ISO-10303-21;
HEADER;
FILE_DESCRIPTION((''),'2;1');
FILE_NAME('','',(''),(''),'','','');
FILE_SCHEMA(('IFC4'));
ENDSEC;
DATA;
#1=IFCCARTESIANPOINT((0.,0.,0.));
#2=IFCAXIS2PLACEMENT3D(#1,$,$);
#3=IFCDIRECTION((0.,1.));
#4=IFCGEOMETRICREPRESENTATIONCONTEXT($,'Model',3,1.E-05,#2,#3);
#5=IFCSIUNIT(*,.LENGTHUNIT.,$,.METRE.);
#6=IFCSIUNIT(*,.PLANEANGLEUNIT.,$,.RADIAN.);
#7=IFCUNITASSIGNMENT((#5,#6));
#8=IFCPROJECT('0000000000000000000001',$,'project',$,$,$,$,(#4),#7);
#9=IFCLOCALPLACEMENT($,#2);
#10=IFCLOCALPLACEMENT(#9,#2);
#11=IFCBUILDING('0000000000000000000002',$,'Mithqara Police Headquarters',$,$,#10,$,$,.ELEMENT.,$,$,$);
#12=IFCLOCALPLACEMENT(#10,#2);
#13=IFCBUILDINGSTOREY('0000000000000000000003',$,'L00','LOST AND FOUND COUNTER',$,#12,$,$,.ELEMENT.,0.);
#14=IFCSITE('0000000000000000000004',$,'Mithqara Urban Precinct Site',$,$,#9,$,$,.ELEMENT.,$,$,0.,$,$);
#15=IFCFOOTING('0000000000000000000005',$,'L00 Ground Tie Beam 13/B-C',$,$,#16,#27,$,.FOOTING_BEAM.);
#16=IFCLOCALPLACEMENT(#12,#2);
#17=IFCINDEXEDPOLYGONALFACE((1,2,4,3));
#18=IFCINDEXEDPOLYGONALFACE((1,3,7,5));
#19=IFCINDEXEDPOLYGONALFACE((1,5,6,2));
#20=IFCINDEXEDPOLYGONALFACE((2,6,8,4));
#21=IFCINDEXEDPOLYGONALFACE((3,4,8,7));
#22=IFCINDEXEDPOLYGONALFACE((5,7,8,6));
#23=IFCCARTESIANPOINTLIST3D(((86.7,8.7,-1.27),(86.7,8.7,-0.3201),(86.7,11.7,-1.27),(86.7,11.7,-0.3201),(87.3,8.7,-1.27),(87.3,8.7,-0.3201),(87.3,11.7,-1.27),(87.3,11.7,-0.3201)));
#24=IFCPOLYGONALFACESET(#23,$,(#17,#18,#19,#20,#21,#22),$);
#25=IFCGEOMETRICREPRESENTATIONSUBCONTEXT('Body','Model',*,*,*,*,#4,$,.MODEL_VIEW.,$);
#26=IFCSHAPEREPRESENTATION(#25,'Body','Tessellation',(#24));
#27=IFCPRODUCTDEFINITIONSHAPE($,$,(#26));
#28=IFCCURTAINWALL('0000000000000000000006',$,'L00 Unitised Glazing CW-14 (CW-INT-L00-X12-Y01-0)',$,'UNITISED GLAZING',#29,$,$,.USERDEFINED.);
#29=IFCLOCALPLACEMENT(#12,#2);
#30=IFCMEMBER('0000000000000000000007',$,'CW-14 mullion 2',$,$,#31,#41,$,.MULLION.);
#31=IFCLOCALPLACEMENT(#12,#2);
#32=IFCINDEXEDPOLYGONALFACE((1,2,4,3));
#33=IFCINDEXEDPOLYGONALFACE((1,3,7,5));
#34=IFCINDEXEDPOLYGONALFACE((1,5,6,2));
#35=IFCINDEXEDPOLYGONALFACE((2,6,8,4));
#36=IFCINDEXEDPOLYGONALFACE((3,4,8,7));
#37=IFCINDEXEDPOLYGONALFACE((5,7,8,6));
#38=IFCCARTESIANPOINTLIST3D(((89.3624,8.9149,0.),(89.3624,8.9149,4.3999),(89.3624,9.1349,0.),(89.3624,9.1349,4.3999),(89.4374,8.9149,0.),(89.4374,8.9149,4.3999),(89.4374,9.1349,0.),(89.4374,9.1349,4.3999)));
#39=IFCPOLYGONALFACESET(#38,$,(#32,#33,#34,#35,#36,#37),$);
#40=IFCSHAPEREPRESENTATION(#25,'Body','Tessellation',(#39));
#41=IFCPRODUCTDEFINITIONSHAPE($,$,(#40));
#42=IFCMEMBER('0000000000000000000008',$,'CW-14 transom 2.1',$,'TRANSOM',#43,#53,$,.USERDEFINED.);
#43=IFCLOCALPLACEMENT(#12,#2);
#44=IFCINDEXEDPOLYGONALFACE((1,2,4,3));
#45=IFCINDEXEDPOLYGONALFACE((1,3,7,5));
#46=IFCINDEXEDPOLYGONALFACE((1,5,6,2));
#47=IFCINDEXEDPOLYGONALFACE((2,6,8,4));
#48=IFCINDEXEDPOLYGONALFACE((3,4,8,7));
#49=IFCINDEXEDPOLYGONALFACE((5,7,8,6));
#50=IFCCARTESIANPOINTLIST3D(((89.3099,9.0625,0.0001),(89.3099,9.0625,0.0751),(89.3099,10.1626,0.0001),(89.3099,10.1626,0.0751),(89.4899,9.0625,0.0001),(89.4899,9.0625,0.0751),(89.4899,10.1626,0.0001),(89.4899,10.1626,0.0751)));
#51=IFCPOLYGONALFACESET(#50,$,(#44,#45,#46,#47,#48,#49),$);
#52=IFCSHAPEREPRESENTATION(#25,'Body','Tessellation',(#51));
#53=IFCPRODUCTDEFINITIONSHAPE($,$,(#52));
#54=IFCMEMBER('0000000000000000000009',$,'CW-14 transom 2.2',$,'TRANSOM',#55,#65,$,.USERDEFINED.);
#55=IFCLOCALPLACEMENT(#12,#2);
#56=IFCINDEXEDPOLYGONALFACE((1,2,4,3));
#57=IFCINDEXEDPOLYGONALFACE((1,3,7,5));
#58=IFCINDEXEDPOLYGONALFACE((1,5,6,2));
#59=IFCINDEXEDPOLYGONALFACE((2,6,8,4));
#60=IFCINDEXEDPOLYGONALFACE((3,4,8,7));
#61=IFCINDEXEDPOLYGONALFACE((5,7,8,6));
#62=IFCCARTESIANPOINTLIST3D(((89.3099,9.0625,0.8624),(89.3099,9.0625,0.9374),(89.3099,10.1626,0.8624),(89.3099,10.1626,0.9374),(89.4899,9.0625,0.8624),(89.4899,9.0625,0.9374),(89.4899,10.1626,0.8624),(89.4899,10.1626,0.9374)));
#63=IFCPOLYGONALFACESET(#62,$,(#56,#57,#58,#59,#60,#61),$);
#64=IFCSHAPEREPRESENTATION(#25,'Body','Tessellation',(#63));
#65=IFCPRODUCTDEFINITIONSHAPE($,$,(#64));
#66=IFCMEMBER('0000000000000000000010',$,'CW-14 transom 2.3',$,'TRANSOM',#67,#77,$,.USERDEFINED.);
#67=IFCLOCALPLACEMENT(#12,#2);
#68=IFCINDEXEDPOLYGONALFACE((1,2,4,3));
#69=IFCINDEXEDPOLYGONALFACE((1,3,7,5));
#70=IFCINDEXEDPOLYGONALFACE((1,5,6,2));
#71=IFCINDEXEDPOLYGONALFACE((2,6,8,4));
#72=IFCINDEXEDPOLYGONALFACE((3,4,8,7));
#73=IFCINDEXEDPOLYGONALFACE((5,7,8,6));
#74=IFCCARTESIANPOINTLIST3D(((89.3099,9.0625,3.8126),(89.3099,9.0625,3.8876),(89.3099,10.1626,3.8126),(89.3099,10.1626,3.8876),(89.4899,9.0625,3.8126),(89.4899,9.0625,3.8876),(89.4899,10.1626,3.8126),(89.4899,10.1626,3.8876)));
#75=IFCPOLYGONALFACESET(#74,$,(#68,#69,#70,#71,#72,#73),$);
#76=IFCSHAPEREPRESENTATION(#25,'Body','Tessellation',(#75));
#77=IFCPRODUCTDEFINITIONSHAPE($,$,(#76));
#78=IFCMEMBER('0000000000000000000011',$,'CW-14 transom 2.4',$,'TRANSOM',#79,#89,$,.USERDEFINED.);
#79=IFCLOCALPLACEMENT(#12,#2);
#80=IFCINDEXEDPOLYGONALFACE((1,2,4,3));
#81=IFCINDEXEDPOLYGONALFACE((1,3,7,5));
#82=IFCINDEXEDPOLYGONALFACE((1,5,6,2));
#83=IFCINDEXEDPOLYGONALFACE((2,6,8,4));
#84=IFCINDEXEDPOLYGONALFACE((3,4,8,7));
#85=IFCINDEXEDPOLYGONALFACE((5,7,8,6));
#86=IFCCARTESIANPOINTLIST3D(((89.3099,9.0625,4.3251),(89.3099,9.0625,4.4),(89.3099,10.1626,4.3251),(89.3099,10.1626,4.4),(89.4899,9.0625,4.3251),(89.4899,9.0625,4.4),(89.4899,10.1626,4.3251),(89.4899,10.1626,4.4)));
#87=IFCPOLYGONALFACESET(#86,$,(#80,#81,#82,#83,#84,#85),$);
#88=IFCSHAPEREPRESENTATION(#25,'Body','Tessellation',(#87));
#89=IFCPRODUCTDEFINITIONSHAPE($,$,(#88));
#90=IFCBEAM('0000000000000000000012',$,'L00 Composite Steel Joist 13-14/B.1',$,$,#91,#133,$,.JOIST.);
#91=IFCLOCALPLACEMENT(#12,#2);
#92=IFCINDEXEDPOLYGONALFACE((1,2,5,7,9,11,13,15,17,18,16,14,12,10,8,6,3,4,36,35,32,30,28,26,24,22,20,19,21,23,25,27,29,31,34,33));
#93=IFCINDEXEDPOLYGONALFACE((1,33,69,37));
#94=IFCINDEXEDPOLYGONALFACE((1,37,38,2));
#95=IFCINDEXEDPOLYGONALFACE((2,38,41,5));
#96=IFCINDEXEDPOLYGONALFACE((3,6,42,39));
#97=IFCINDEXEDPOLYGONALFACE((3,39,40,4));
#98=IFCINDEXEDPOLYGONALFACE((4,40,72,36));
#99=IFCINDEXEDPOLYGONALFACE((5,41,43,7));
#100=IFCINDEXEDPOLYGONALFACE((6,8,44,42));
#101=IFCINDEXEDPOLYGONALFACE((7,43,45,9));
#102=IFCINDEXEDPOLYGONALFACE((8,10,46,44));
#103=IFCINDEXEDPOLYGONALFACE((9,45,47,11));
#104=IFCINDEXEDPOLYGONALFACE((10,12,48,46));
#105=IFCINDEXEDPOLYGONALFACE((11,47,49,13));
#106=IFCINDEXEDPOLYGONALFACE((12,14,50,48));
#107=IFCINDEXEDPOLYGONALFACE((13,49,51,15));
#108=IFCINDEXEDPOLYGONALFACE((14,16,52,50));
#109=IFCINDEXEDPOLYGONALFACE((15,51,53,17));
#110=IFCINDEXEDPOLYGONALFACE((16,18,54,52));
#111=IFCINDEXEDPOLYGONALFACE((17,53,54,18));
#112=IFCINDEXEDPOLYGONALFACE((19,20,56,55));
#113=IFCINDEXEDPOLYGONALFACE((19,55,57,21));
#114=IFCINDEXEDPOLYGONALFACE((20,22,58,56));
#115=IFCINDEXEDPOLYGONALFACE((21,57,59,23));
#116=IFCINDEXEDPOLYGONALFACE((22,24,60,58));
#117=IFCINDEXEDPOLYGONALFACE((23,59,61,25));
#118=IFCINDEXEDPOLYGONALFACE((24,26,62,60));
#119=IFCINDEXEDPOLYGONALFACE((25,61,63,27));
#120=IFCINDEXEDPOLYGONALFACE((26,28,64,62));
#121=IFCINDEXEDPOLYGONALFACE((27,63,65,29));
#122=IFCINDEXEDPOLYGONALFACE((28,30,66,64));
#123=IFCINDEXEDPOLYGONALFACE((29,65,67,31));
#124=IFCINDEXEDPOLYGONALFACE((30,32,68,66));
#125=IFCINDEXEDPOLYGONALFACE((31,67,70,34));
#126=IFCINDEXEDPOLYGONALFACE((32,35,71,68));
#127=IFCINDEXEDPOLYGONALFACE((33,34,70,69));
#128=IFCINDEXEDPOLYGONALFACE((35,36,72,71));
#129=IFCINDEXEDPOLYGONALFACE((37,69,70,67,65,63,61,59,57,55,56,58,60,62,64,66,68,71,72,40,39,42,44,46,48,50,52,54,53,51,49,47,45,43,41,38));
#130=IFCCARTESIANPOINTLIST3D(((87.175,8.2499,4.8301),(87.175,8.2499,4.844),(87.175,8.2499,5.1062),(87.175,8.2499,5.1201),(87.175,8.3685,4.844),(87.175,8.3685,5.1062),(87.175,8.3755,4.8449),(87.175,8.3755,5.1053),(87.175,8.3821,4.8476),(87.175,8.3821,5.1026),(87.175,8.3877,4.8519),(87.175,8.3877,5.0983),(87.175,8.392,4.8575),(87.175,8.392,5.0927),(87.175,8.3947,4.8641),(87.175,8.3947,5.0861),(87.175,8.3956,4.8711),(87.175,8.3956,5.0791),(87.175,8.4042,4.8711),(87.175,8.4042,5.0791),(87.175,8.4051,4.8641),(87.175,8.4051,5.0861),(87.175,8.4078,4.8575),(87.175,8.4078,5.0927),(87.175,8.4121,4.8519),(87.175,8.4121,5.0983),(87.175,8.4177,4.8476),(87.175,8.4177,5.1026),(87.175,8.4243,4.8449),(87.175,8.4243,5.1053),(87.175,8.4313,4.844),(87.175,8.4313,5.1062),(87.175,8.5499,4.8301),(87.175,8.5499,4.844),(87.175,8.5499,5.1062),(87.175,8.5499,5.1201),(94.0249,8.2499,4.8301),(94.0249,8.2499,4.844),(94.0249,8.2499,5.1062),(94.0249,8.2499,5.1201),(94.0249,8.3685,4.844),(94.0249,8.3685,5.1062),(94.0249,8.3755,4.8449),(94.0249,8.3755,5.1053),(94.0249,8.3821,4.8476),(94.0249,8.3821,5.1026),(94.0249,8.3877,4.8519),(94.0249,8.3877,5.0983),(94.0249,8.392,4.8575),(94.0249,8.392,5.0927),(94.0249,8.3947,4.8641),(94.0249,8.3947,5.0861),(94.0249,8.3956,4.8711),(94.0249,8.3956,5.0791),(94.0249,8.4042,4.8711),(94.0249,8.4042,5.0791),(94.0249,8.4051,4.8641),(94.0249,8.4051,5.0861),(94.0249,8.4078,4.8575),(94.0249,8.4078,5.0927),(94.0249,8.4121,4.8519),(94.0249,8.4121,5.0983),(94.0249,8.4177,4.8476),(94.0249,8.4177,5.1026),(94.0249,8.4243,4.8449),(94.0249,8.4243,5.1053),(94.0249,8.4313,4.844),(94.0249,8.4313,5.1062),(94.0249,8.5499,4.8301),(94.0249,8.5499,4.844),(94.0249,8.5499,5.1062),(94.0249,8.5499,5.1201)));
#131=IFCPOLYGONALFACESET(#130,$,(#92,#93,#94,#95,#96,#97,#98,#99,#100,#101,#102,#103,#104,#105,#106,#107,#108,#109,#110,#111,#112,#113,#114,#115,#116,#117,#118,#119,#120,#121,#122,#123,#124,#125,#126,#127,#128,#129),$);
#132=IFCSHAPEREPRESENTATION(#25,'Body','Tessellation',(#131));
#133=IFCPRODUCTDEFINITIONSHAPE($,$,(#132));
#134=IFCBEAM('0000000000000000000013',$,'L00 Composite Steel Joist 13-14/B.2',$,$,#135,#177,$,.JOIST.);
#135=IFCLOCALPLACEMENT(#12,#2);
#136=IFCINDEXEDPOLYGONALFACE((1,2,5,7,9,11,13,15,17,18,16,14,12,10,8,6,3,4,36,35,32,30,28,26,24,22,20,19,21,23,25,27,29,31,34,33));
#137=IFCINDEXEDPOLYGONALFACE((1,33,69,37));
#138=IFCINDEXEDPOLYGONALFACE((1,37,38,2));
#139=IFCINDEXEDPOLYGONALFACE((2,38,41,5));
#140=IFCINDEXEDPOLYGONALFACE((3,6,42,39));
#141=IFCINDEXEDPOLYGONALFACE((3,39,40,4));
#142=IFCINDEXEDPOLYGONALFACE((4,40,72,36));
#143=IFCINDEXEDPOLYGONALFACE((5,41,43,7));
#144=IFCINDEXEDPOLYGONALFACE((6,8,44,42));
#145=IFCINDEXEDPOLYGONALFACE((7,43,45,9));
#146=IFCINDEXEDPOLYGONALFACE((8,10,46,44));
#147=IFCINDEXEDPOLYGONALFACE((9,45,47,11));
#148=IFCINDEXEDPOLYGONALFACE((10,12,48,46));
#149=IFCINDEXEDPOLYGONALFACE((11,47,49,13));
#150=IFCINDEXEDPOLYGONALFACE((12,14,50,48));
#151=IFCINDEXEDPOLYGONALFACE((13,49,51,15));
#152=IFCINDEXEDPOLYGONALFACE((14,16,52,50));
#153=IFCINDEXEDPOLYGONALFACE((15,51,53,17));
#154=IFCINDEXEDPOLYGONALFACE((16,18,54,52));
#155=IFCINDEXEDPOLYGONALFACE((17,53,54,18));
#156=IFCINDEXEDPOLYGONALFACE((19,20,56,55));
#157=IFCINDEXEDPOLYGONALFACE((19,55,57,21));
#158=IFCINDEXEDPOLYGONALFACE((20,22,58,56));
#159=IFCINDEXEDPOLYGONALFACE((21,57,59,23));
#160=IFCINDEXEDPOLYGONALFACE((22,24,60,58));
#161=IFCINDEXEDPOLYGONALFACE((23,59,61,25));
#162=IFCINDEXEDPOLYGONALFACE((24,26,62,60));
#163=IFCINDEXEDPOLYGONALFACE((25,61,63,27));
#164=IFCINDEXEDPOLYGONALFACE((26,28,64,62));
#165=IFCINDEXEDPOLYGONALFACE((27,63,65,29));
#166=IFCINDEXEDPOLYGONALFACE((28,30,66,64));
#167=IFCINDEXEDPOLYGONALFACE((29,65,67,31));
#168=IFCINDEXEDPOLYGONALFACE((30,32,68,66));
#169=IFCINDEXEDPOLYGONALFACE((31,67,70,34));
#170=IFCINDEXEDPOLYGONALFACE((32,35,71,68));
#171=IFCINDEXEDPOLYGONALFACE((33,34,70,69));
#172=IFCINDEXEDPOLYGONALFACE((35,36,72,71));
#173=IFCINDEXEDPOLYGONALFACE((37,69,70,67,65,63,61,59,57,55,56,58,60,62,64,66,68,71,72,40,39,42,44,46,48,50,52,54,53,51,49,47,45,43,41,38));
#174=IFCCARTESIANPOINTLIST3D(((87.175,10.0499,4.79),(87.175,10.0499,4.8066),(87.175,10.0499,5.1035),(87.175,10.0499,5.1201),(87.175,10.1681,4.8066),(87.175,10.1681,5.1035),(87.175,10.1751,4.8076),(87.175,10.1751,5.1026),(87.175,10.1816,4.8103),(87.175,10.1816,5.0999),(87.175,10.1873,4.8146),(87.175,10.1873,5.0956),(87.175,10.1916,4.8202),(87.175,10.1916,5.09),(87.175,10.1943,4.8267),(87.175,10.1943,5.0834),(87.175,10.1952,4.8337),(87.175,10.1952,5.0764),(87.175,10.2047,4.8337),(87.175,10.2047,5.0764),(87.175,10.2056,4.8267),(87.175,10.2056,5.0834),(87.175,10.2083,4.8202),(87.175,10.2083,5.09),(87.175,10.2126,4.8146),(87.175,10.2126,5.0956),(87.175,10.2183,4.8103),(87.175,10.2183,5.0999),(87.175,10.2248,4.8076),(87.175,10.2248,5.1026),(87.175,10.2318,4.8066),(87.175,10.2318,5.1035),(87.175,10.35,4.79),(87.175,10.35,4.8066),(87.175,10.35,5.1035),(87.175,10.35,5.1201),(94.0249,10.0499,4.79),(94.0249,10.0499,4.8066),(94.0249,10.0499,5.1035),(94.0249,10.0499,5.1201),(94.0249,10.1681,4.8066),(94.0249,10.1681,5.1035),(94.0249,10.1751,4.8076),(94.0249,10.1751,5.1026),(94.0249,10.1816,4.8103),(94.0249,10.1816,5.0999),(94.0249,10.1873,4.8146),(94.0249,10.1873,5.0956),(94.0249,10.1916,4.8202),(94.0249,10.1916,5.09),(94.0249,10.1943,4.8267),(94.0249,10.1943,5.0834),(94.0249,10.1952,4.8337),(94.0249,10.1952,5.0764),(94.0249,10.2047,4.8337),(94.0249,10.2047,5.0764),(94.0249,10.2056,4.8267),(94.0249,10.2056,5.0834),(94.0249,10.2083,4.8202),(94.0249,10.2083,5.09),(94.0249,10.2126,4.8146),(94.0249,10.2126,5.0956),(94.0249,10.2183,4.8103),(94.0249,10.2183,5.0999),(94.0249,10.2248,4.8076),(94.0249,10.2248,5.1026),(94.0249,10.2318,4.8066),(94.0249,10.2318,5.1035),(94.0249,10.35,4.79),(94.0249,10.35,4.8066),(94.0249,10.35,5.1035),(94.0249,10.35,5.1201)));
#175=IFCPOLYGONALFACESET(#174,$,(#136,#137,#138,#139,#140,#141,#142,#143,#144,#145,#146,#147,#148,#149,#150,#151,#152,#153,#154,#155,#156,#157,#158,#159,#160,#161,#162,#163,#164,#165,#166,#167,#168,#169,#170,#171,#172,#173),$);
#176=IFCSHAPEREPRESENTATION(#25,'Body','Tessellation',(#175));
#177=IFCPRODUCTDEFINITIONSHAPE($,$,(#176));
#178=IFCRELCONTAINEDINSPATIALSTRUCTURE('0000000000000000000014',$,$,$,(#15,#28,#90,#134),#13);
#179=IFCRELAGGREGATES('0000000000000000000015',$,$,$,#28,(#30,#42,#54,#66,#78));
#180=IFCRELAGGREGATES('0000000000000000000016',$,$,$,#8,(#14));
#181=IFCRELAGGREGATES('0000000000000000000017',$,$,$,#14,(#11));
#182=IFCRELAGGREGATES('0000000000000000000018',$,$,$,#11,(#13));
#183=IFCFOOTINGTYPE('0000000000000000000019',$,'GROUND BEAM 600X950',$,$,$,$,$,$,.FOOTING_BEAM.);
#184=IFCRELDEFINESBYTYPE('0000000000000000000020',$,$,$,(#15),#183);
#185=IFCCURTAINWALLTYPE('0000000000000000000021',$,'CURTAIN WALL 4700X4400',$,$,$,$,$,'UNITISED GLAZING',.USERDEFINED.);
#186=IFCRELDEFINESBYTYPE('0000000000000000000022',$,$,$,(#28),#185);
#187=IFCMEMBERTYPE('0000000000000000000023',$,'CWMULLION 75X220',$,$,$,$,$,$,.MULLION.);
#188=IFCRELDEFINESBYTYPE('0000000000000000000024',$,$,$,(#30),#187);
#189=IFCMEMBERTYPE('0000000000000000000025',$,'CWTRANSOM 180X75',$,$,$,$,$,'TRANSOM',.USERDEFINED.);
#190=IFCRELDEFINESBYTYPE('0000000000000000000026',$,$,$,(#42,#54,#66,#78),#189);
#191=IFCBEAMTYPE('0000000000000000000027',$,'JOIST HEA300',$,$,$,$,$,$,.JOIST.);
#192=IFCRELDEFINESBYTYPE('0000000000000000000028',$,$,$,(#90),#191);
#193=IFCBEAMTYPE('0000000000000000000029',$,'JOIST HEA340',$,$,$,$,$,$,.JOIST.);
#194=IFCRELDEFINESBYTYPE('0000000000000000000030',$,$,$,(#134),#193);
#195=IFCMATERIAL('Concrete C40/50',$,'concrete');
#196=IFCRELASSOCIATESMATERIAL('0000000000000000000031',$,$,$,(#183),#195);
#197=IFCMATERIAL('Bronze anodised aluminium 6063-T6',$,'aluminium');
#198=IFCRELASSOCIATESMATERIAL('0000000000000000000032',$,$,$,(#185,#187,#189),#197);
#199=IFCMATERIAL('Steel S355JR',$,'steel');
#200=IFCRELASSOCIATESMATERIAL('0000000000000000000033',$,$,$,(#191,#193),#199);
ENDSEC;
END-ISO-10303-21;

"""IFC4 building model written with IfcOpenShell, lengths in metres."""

from ifc_helpers import new_model, si_unit, direction, frame, origin, origin_2d, place, context, subcontext, project, spatial, rectangle, i_section, extrude, material, material_profile, profile_set, type_object, element, aggregate, save


model = new_model("IFC4")

# Units and contexts
model_context = context("Model", 3, precision=1e-05, world=origin(), true_north=direction((0.0, 1.0)))
body_context = subcontext(model_context, "Body", "Model", "MODEL_VIEW")
ifc_project = project(units=[si_unit("LENGTHUNIT", "METRE"), si_unit("PLANEANGLEUNIT", "RADIAN")], contexts=[model_context])

# Site, building, storey
site_placement = place(None, origin())
site = spatial("IfcSite", under=ifc_project, at=site_placement, Name="Mithqara Urban Precinct Site", CompositionType="ELEMENT", RefElevation=0.0)
building_placement = place(site_placement, origin())
building = spatial("IfcBuilding", under=site, at=building_placement, Name="Mithqara Police Headquarters", CompositionType="ELEMENT")
storey_placement = place(building_placement, origin())
storey = spatial("IfcBuildingStorey", under=building, at=storey_placement, Name="L00", Description="LOST AND FOUND COUNTER", CompositionType="ELEMENT", Elevation=0.0)

# Footing
ifc_material_1 = material(Name="Concrete C40/50", Category="concrete")
footing_type = type_object("IfcFootingType", Name="GROUND BEAM 600X950", PredefinedType="FOOTING_BEAM", material=ifc_material_1)
footing_placement = place(storey_placement, frame((87.0, 10.2, -1.27), z_axis=(0.0, 0.0, 1.0), x_axis=(1.0, 0.0, 0.0)))
element("IfcFooting", 1, at=footing_placement, inside=storey, type_object=footing_type, Name="L00 Ground Tie Beam 13/B-C", PredefinedType="FOOTING_BEAM", context=body_context, shape_type="SweptSolid", body=[
    extrude(rectangle(XDim=0.6001, YDim=3.0, at=origin_2d()), origin(), (0.0, 0.0, 1.0), 0.95),
])

# Curtain wall, members
ifc_material_2 = material(Name="Bronze anodised aluminium 6063-T6", Category="aluminium")
curtain_wall_type = type_object("IfcCurtainWallType", Name="CURTAIN WALL 4700X4400", ElementType="UNITISED GLAZING", PredefinedType="USERDEFINED", material=ifc_material_2)
curtain_wall_placement = place(storey_placement, origin())
curtain_wall = element("IfcCurtainWall", 2, at=curtain_wall_placement, inside=storey, type_object=curtain_wall_type, Name="L00 Unitised Glazing CW-14 (CW-INT-L00-X12-Y01-0)", ObjectType="UNITISED GLAZING", PredefinedType="USERDEFINED")
ifc_material_profile_1 = material_profile(ifc_material_2, rectangle(XDim=0.075, YDim=0.22, at=origin_2d()), Name="CWM 75x220")
ifc_profile_set_1 = profile_set([ifc_material_profile_1], Name="Bronze anodised aluminium 6063-T6")
member_type_1 = type_object("IfcMemberType", Name="CWMULLION 75X220", PredefinedType="MULLION", material=ifc_profile_set_1)
member_1_placement = place(storey_placement, frame((89.3999, 9.0249, 0.0), z_axis=(0.0, 0.0, 1.0), x_axis=(-1.0, 0.0, 0.0)))
member_1 = element("IfcMember", 3, at=member_1_placement, type_object=member_type_1, Name="CW-14 mullion 2", PredefinedType="MULLION", context=body_context, shape_type="SweptSolid", body=[
    extrude(rectangle(XDim=0.075, YDim=0.22, at=origin_2d()), origin(), (0.0, 0.0, 1.0), 4.3999),
])
ifc_material_profile_2 = material_profile(ifc_material_2, rectangle(XDim=0.1799, YDim=0.075, at=origin_2d()), Name="CWT 180x75")
ifc_profile_set_2 = profile_set([ifc_material_profile_2], Name="Bronze anodised aluminium 6063-T6")
member_type_2 = type_object("IfcMemberType", Name="CWTRANSOM 180X75", ElementType="TRANSOM", PredefinedType="USERDEFINED", material=ifc_profile_set_2)
member_2_placement = place(storey_placement, frame((89.3999, 9.0625, 0.0376), z_axis=(0.0, 1.0, 0.0), x_axis=(-1.0, 0.0, 0.0)))
member_2 = element("IfcMember", 4, at=member_2_placement, type_object=member_type_2, Name="CW-14 transom 2.1", ObjectType="TRANSOM", PredefinedType="USERDEFINED", context=body_context, shape_type="SweptSolid", body=[
    extrude(rectangle(XDim=0.1799, YDim=0.075, at=origin_2d()), origin(), (0.0, 0.0, 1.0), 1.1001),
])
member_3_placement = place(storey_placement, frame((89.3999, 9.0625, 0.8999), z_axis=(0.0, 1.0, 0.0), x_axis=(-1.0, 0.0, 0.0)))
member_3 = element("IfcMember", 5, at=member_3_placement, type_object=member_type_2, Name="CW-14 transom 2.2", ObjectType="TRANSOM", PredefinedType="USERDEFINED", context=body_context, shape_type="SweptSolid", body=[
    extrude(rectangle(XDim=0.1799, YDim=0.075, at=origin_2d()), origin(), (0.0, 0.0, 1.0), 1.1001),
])
member_4_placement = place(storey_placement, frame((89.3999, 9.0625, 3.8501), z_axis=(0.0, 1.0, 0.0), x_axis=(-1.0, 0.0, 0.0)))
member_4 = element("IfcMember", 6, at=member_4_placement, type_object=member_type_2, Name="CW-14 transom 2.3", ObjectType="TRANSOM", PredefinedType="USERDEFINED", context=body_context, shape_type="SweptSolid", body=[
    extrude(rectangle(XDim=0.1799, YDim=0.075, at=origin_2d()), origin(), (0.0, 0.0, 1.0), 1.1001),
])
member_5_placement = place(storey_placement, frame((89.3999, 9.0625, 4.3625), z_axis=(0.0, 1.0, 0.0), x_axis=(-1.0, 0.0, 0.0)))
member_5 = element("IfcMember", 7, at=member_5_placement, type_object=member_type_2, Name="CW-14 transom 2.4", ObjectType="TRANSOM", PredefinedType="USERDEFINED", context=body_context, shape_type="SweptSolid", body=[
    extrude(rectangle(XDim=0.1799, YDim=0.075, at=origin_2d()), origin(), (0.0, 0.0, 1.0), 1.1001),
])

# Beams
ifc_material_3 = material(Name="Steel S355JR", Category="steel")
ifc_material_profile_3 = material_profile(ifc_material_3, i_section(OverallWidth=0.3, OverallDepth=0.29, WebThickness=0.0085, FlangeThickness=0.0139, FilletRadius=0.0271, at=origin_2d()), Name="HEA 300")
ifc_profile_set_3 = profile_set([ifc_material_profile_3], Name="Steel S355JR")
beam_type_1 = type_object("IfcBeamType", Name="JOIST HEA300", PredefinedType="JOIST", material=ifc_profile_set_3)
beam_1_placement = place(storey_placement, frame((87.175, 8.3999, 4.9751), z_axis=(1.0, 0.0, 0.0), x_axis=(0.0, 1.0, 0.0)))
element("IfcBeam", 8, at=beam_1_placement, inside=storey, type_object=beam_type_1, Name="L00 Composite Steel Joist 13-14/B.1", PredefinedType="JOIST", context=body_context, shape_type="SweptSolid", body=[
    extrude(i_section(OverallWidth=0.3, OverallDepth=0.29, WebThickness=0.0085, FlangeThickness=0.0139, FilletRadius=0.0271, at=origin_2d()), origin(), (0.0, 0.0, 1.0), 6.8499),
])
ifc_material_profile_4 = material_profile(ifc_material_3, i_section(OverallWidth=0.3, OverallDepth=0.3301, WebThickness=0.0095, FlangeThickness=0.0166, FilletRadius=0.0271, at=origin_2d()), Name="HEA 340")
ifc_profile_set_4 = profile_set([ifc_material_profile_4], Name="Steel S355JR")
beam_type_2 = type_object("IfcBeamType", Name="JOIST HEA340", PredefinedType="JOIST", material=ifc_profile_set_4)
beam_2_placement = place(storey_placement, frame((87.175, 10.2, 4.9551), z_axis=(1.0, 0.0, 0.0), x_axis=(0.0, 1.0, 0.0)))
element("IfcBeam", 9, at=beam_2_placement, inside=storey, type_object=beam_type_2, Name="L00 Composite Steel Joist 13-14/B.2", PredefinedType="JOIST", context=body_context, shape_type="SweptSolid", body=[
    extrude(i_section(OverallWidth=0.3, OverallDepth=0.3301, WebThickness=0.0095, FlangeThickness=0.0166, FilletRadius=0.0271, at=origin_2d()), origin(), (0.0, 0.0, 1.0), 6.8499),
])

aggregate(curtain_wall, [member_1, member_2, member_3, member_4, member_5])

save(model, "model.ifc")
